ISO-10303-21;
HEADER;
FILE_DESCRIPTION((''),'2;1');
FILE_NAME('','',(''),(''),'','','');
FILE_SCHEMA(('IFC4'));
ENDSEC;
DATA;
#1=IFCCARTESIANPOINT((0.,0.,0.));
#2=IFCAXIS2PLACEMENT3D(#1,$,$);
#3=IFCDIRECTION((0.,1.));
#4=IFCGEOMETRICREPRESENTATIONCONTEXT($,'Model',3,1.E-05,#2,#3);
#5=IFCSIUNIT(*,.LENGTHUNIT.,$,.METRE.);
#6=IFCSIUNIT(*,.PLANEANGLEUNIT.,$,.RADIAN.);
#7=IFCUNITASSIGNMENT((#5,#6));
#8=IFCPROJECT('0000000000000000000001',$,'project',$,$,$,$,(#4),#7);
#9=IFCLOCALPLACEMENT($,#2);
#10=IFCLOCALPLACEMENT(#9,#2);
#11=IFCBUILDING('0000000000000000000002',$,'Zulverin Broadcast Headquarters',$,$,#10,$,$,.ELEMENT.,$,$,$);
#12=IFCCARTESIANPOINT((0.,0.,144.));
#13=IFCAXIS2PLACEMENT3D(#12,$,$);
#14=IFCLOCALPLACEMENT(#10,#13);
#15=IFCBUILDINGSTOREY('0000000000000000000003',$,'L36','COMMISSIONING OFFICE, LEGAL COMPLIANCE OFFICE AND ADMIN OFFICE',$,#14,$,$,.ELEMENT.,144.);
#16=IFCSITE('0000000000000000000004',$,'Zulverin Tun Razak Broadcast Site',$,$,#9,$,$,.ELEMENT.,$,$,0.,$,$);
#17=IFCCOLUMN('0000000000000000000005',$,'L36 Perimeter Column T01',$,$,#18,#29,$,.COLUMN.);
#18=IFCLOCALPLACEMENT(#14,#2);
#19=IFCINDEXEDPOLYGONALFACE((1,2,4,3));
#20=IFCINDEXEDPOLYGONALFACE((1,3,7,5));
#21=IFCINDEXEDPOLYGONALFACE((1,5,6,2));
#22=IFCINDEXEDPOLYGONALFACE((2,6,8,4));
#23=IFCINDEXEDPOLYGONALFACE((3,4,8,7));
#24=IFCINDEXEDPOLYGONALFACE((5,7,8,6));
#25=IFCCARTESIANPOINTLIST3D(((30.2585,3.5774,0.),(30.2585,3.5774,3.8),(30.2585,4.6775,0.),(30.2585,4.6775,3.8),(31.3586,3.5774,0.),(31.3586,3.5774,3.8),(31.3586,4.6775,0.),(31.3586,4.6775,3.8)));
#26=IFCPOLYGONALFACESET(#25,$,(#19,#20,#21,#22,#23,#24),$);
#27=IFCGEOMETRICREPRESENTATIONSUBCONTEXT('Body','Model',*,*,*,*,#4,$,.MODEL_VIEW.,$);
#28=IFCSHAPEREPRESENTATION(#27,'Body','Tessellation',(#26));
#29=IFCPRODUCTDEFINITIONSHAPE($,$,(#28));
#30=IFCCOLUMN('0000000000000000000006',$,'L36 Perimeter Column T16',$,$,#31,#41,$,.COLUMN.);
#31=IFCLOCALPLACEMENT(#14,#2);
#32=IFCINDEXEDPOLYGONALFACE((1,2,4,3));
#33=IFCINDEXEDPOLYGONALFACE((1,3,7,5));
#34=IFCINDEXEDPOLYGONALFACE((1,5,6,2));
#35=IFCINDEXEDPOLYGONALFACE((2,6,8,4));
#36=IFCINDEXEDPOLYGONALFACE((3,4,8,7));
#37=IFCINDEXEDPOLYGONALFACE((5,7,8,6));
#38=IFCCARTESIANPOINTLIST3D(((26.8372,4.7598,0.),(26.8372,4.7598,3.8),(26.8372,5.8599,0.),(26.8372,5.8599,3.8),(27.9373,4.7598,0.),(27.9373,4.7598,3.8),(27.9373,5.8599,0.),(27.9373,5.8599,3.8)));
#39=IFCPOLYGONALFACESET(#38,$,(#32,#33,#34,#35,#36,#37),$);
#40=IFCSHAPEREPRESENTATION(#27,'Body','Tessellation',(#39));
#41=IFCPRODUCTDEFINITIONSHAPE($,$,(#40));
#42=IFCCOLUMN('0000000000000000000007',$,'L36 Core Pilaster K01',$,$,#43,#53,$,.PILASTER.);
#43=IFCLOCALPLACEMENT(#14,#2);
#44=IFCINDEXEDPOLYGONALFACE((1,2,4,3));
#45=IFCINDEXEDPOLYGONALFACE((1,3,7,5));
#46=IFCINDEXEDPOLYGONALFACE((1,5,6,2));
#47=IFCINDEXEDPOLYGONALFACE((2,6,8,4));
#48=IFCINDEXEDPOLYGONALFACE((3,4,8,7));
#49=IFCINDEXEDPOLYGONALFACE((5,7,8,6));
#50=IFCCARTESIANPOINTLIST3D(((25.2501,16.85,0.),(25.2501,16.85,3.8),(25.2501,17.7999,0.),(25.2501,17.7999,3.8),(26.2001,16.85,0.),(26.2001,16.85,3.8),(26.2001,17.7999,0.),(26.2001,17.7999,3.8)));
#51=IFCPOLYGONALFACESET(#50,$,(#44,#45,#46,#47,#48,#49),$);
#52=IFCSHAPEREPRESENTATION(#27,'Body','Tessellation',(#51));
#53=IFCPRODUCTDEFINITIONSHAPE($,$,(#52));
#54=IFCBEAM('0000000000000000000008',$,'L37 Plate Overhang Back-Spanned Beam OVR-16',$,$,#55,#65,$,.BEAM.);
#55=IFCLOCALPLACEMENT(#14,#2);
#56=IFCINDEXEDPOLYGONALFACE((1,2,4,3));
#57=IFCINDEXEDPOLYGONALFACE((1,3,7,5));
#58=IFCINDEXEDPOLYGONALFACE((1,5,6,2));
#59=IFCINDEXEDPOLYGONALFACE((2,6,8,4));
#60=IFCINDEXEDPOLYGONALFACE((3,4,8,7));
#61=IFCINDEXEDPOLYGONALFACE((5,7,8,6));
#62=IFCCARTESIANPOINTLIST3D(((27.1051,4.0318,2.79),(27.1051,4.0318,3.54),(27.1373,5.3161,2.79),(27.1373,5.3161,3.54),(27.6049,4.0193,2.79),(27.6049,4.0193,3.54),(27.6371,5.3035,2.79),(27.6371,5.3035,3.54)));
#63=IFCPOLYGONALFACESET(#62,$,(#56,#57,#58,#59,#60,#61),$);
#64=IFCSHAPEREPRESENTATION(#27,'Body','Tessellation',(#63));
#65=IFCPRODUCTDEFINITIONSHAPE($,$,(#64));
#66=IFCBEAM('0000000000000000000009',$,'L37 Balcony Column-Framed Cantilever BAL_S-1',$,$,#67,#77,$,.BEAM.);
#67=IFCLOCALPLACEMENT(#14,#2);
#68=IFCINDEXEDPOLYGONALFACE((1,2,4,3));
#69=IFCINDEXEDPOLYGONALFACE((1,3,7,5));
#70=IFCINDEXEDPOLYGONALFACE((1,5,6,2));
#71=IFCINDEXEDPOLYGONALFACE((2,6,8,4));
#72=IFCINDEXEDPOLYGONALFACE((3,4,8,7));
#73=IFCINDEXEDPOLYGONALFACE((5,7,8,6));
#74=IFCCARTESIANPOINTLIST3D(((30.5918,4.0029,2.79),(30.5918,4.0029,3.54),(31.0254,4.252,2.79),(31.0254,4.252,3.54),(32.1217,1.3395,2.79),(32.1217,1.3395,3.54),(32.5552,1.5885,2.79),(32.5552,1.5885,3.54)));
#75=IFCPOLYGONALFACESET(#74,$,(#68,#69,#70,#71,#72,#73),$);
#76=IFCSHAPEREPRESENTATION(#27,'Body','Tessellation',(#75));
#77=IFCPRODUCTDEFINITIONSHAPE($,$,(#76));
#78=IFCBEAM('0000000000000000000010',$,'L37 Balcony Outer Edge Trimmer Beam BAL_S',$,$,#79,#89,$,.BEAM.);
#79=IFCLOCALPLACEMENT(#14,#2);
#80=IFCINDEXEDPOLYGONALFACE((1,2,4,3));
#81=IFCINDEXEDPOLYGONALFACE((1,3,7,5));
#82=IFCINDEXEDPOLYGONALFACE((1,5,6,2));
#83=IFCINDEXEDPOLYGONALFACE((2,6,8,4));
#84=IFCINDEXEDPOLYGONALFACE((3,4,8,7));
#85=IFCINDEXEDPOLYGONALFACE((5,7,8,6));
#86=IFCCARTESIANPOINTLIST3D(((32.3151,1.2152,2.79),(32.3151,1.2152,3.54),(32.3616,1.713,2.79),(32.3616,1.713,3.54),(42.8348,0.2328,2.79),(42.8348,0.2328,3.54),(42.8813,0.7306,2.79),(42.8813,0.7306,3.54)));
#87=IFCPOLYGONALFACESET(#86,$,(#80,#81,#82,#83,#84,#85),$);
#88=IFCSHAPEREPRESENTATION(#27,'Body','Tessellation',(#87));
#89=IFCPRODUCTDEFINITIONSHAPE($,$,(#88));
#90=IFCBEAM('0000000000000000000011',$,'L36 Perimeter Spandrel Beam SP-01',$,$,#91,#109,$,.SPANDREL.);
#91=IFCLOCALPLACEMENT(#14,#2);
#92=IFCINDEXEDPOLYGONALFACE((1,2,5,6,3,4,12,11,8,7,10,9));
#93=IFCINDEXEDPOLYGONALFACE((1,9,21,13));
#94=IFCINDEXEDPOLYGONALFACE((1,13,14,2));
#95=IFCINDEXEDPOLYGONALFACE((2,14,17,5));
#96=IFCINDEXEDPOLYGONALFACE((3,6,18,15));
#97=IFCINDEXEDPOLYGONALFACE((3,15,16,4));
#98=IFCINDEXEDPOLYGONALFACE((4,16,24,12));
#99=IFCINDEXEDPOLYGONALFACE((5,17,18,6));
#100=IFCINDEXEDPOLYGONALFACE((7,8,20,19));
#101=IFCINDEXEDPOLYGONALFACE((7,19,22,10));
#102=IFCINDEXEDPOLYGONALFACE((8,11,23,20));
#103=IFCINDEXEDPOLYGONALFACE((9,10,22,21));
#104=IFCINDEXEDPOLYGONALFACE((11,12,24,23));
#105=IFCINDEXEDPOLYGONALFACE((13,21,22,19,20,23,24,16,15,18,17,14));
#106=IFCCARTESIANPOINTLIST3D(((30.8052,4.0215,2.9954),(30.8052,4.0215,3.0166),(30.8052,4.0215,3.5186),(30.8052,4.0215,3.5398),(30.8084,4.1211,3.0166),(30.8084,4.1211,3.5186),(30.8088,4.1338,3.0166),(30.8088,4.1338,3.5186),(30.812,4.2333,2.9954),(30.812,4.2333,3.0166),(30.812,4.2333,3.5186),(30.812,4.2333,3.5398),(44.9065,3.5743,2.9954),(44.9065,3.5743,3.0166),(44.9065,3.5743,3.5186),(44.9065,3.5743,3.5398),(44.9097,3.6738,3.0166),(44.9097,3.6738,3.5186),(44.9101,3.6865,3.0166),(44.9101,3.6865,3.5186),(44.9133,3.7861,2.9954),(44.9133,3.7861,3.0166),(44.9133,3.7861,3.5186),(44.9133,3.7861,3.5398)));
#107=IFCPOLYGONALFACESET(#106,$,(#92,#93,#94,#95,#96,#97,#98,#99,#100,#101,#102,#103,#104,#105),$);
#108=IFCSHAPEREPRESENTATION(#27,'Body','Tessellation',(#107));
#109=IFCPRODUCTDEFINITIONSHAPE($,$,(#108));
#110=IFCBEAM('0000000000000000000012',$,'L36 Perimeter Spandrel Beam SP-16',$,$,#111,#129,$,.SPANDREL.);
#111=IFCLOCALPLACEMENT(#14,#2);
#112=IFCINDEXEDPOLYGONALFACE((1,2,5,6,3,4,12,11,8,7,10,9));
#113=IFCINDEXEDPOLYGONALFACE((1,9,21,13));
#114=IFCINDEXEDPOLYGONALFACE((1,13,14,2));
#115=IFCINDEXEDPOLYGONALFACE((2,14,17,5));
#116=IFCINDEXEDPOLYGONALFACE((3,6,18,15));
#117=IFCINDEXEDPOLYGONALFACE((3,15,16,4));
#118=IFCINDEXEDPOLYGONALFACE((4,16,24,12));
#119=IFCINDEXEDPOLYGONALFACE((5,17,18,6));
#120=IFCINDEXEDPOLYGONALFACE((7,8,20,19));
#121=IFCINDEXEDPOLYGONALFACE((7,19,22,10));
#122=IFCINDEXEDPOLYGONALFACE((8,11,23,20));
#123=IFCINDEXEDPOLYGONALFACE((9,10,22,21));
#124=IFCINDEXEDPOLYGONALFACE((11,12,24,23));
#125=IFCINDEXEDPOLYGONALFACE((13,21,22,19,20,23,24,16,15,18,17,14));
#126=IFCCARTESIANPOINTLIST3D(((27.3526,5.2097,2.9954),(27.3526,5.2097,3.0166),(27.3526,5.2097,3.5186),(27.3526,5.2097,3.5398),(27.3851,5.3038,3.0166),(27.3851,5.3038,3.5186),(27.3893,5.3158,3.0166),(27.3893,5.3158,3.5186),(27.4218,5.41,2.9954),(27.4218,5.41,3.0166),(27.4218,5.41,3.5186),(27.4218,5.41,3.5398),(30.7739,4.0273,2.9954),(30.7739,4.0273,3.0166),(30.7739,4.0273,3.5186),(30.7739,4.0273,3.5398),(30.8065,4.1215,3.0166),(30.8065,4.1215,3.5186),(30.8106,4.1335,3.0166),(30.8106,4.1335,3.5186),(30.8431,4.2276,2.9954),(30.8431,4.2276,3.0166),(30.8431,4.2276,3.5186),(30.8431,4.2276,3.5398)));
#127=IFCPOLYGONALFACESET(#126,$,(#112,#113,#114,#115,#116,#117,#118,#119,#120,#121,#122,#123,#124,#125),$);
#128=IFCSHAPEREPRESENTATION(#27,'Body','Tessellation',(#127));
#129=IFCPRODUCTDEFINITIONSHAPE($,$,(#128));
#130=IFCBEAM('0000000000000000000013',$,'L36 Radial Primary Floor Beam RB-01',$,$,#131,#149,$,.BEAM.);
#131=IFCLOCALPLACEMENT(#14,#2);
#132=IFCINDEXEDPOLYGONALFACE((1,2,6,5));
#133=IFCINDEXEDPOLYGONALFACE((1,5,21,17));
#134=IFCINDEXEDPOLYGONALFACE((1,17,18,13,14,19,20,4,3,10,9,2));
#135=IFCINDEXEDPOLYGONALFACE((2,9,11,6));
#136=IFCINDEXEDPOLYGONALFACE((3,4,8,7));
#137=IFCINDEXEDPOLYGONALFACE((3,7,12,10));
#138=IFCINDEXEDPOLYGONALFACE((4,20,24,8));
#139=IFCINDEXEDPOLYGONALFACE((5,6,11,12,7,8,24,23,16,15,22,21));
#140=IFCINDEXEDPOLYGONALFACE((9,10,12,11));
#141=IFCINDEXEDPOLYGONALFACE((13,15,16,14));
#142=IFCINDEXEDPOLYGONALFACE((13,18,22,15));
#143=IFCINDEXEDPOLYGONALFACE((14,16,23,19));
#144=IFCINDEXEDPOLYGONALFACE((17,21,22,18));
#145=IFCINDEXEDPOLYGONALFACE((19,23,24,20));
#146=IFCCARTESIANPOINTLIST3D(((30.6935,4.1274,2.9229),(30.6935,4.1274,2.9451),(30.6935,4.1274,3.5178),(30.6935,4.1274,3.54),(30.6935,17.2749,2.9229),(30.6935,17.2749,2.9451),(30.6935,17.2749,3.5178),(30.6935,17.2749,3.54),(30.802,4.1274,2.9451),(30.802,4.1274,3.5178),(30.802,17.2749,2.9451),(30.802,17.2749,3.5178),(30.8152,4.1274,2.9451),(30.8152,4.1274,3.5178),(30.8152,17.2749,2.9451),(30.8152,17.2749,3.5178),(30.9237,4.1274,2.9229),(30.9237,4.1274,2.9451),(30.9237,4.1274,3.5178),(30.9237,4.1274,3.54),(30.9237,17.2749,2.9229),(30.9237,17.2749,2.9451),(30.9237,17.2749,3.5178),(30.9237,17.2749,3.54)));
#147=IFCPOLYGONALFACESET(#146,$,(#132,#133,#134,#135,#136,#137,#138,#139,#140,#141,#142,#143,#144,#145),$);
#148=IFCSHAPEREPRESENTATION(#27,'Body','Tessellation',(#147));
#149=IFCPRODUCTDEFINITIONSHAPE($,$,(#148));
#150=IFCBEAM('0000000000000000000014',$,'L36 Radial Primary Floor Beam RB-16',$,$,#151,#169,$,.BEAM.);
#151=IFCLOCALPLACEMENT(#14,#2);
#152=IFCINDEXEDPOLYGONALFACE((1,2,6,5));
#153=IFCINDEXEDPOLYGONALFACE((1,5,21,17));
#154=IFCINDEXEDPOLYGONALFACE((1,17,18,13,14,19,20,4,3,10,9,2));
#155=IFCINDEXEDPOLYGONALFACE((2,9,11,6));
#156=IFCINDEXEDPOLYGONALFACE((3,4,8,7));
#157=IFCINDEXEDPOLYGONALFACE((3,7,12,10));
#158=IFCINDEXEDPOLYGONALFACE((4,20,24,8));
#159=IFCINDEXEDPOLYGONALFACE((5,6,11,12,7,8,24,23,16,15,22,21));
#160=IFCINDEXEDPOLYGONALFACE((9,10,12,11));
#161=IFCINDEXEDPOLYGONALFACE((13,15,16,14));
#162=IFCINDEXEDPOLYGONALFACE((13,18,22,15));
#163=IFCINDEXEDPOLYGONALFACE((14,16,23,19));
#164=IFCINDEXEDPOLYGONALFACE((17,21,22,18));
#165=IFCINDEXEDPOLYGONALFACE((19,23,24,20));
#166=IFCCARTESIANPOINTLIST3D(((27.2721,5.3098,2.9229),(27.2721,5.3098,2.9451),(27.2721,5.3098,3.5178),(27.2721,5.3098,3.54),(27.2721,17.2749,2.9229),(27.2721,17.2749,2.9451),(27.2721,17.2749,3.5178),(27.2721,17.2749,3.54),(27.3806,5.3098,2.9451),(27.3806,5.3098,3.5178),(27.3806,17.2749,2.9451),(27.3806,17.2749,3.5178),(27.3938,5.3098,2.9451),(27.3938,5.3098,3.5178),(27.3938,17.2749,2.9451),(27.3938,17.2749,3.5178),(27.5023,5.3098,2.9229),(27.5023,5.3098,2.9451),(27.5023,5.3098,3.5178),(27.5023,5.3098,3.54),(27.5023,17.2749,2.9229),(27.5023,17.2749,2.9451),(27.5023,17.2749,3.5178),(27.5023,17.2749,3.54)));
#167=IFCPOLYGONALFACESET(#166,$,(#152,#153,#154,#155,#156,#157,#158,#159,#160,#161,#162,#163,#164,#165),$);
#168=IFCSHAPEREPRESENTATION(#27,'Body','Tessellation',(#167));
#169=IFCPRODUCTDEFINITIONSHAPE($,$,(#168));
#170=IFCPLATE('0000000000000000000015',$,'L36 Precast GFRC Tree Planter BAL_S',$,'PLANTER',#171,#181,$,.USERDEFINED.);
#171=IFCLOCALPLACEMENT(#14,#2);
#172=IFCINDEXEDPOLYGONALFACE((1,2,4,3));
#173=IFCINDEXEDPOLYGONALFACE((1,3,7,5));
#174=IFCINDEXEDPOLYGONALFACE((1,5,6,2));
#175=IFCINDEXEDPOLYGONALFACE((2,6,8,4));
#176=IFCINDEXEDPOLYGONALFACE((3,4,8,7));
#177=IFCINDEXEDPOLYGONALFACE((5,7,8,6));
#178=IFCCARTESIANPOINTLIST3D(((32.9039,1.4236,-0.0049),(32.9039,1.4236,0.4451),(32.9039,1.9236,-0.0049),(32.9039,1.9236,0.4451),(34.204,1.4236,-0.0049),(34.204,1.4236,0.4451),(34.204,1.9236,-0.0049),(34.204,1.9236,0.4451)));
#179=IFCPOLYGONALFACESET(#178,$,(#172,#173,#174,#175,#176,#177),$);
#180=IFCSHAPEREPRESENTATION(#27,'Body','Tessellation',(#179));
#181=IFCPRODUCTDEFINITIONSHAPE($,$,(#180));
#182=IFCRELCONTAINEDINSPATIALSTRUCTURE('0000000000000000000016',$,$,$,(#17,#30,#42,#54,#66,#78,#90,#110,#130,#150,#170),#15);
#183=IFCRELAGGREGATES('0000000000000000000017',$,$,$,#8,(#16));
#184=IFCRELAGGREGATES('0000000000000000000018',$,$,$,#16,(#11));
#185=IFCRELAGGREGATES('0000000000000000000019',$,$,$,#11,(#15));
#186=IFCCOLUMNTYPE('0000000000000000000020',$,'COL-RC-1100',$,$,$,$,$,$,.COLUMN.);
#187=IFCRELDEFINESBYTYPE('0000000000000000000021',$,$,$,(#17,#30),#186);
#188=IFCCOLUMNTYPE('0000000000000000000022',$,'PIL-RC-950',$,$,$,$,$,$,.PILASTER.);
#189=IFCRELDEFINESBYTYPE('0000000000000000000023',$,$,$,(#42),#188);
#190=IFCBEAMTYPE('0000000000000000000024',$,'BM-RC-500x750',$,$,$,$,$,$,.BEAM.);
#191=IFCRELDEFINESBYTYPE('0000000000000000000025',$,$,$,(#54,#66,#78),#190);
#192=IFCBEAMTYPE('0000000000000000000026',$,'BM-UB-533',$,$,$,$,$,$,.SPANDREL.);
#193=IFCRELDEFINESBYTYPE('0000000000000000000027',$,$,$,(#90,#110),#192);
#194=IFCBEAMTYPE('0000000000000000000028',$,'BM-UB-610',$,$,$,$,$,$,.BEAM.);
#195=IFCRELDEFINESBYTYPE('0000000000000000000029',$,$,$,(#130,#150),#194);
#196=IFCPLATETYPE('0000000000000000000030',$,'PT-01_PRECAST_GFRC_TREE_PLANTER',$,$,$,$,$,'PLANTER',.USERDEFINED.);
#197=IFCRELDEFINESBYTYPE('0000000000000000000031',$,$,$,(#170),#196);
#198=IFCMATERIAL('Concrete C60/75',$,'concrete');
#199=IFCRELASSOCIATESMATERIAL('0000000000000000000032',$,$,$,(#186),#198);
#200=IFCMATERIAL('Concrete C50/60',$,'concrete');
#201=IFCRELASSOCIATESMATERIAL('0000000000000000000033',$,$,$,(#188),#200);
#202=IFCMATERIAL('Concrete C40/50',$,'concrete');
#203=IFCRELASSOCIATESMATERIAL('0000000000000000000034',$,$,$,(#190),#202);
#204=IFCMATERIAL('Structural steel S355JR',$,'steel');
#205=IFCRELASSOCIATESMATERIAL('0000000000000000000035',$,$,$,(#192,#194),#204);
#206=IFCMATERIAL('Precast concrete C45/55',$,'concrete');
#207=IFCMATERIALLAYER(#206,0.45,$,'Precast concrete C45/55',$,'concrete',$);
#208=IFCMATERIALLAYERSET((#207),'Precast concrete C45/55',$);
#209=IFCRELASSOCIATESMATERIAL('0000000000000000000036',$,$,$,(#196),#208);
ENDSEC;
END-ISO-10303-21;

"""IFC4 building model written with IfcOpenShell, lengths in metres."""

from ifc_helpers import new_model, si_unit, direction, frame, origin, origin_2d, place, context, subcontext, project, spatial, rectangle, i_section, extrude, material, layer, layer_set, material_profile, profile_set, type_object, element, save


model = new_model("IFC4")

# Units and contexts
model_context = context("Model", 3, precision=1e-05, world=origin(), true_north=direction((0.0, 1.0)))
body_context = subcontext(model_context, "Body", "Model", "MODEL_VIEW")
ifc_project = project(units=[si_unit("LENGTHUNIT", "METRE"), si_unit("PLANEANGLEUNIT", "RADIAN")], contexts=[model_context])

# Site, building, storey
site_placement = place(None, origin())
site = spatial("IfcSite", under=ifc_project, at=site_placement, Name="Zulverin Tun Razak Broadcast Site", CompositionType="ELEMENT", RefElevation=0.0)
building_placement = place(site_placement, origin())
building = spatial("IfcBuilding", under=site, at=building_placement, Name="Zulverin Broadcast Headquarters", CompositionType="ELEMENT")
storey_placement = place(building_placement, frame((0.0, 0.0, 144.0)))
storey = spatial("IfcBuildingStorey", under=building, at=storey_placement, Name="L36", Description="COMMISSIONING OFFICE, LEGAL COMPLIANCE OFFICE AND ADMIN OFFICE", CompositionType="ELEMENT", Elevation=144.0)

# Columns
ifc_material_1 = material(Name="Concrete C60/75", Category="concrete")
ifc_material_profile_1 = material_profile(ifc_material_1, rectangle(XDim=1.1001, YDim=1.1001, at=origin_2d()), Name="Concrete C60/75", Category="concrete")
ifc_profile_set_1 = profile_set([ifc_material_profile_1], Name="Concrete C60/75")
column_type_1 = type_object("IfcColumnType", Name="COL-RC-1100", PredefinedType="COLUMN", material=ifc_profile_set_1)
for number, where, z_axis, x_axis, name in (
    (1, (30.8086, 4.1274, 0.0), (0.0, 0.0, 1.0), (1.0, 0.0, 0.0), "L36 Perimeter Column T01"),
    (2, (27.3872, 5.3098, 0.0), (0.0, 0.0, 1.0), (1.0, 0.0, 0.0), "L36 Perimeter Column T16"),
):
    element("IfcColumn", number, at=place(storey_placement, frame(where, z_axis=z_axis, x_axis=x_axis)), inside=storey, type_object=column_type_1, Name=name, PredefinedType="COLUMN", context=body_context, shape_type="SweptSolid", body=[
        extrude(rectangle(XDim=1.1001, YDim=1.1001, at=origin_2d()), origin(), (0.0, 0.0, 1.0), 3.8),
    ])
ifc_material_2 = material(Name="Concrete C50/60", Category="concrete")
ifc_material_profile_2 = material_profile(ifc_material_2, rectangle(XDim=0.95, YDim=0.95, at=origin_2d()), Name="Concrete C50/60", Category="concrete")
ifc_profile_set_2 = profile_set([ifc_material_profile_2], Name="Concrete C50/60")
column_type_2 = type_object("IfcColumnType", Name="PIL-RC-950", PredefinedType="PILASTER", material=ifc_profile_set_2)
column_placement = place(storey_placement, frame((25.7251, 17.325, 0.0), z_axis=(0.0, 0.0, 1.0), x_axis=(1.0, 0.0, 0.0)))
element("IfcColumn", 3, at=column_placement, inside=storey, type_object=column_type_2, Name="L36 Core Pilaster K01", PredefinedType="PILASTER", context=body_context, shape_type="SweptSolid", body=[
    extrude(rectangle(XDim=0.95, YDim=0.95, at=origin_2d()), origin(), (0.0, 0.0, 1.0), 3.8),
])

# Beams
ifc_material_3 = material(Name="Concrete C40/50", Category="concrete")
ifc_material_profile_3 = material_profile(ifc_material_3, rectangle(XDim=0.5, YDim=0.75, at=origin_2d()), Name="Concrete C40/50", Category="concrete")
ifc_profile_set_3 = profile_set([ifc_material_profile_3], Name="Concrete C40/50")
beam_type_1 = type_object("IfcBeamType", Name="BM-RC-500x750", PredefinedType="BEAM", material=ifc_profile_set_3)
beam_1_placement = place(storey_placement, frame((27.3872, 5.3098, 3.165), z_axis=(-0.025087, -0.999685, 0.0), x_axis=(0.999685, -0.025087, 0.0)))
element("IfcBeam", 4, at=beam_1_placement, inside=storey, type_object=beam_type_1, Name="L37 Plate Overhang Back-Spanned Beam OVR-16", PredefinedType="BEAM", context=body_context, shape_type="SweptSolid", body=[
    extrude(rectangle(XDim=0.5, YDim=0.75, at=origin_2d()), origin(), (0.0, 0.0, 1.0), 1.2847),
])
beam_2_placement = place(storey_placement, frame((30.8086, 4.1274, 3.165), z_axis=(0.498072, -0.867135, 0.0), x_axis=(0.867135, 0.498072, 0.0)))
element("IfcBeam", 5, at=beam_2_placement, inside=storey, type_object=beam_type_1, Name="L37 Balcony Column-Framed Cantilever BAL_S-1", PredefinedType="BEAM", context=body_context, shape_type="SweptSolid", body=[
    extrude(rectangle(XDim=0.5, YDim=0.75, at=origin_2d()), origin(), (0.0, 0.0, 1.0), 3.0715),
])
beam_3_placement = place(storey_placement, frame((32.3384, 1.4641, 3.165), z_axis=(0.995668, -0.092984, 0.0), x_axis=(0.092984, 0.995668, 0.0)))
element("IfcBeam", 6, at=beam_3_placement, inside=storey, type_object=beam_type_1, Name="L37 Balcony Outer Edge Trimmer Beam BAL_S", PredefinedType="BEAM", context=body_context, shape_type="SweptSolid", body=[
    extrude(rectangle(XDim=0.5, YDim=0.75, at=origin_2d()), origin(), (0.0, 0.0, 1.0), 10.5654),
])
ifc_material_4 = material(Name="Structural steel S355JR", Category="steel")
ifc_material_profile_4 = material_profile(ifc_material_4, i_section(OverallWidth=0.2119, OverallDepth=0.5444, WebThickness=0.0127, FlangeThickness=0.0212, at=origin_2d()), Name="Structural steel S355JR", Category="steel")
ifc_profile_set_4 = profile_set([ifc_material_profile_4], Name="Structural steel S355JR")
beam_type_2 = type_object("IfcBeamType", Name="BM-UB-533", PredefinedType="SPANDREL", material=ifc_profile_set_4)
beam_4_placement = place(storey_placement, frame((30.8086, 4.1274, 3.2676), z_axis=(0.999497, -0.031702, 0.0), x_axis=(0.031702, 0.999497, 0.0)))
element("IfcBeam", 7, at=beam_4_placement, inside=storey, type_object=beam_type_2, Name="L36 Perimeter Spandrel Beam SP-01", PredefinedType="SPANDREL", context=body_context, shape_type="SweptSolid", body=[
    extrude(i_section(OverallWidth=0.2119, OverallDepth=0.5444, WebThickness=0.0127, FlangeThickness=0.0212, at=origin_2d()), origin(), (0.0, 0.0, 1.0), 14.1084),
])
beam_5_placement = place(storey_placement, frame((27.3872, 5.3098, 3.2676), z_axis=(0.945153, -0.326629, 0.0), x_axis=(0.326629, 0.945153, 0.0)))
element("IfcBeam", 8, at=beam_5_placement, inside=storey, type_object=beam_type_2, Name="L36 Perimeter Spandrel Beam SP-16", PredefinedType="SPANDREL", context=body_context, shape_type="SweptSolid", body=[
    extrude(i_section(OverallWidth=0.2119, OverallDepth=0.5444, WebThickness=0.0127, FlangeThickness=0.0212, at=origin_2d()), origin(), (0.0, 0.0, 1.0), 3.6199),
])
ifc_material_profile_5 = material_profile(ifc_material_4, i_section(OverallWidth=0.2302, OverallDepth=0.6172, WebThickness=0.0132, FlangeThickness=0.0222, at=origin_2d()), Name="Structural steel S355JR", Category="steel")
ifc_profile_set_5 = profile_set([ifc_material_profile_5], Name="Structural steel S355JR")
beam_type_3 = type_object("IfcBeamType", Name="BM-UB-610", PredefinedType="BEAM", material=ifc_profile_set_5)
beam_6_placement = place(storey_placement, frame((30.8086, 17.2749, 3.2314), z_axis=(0.0, -1.0, 0.0), x_axis=(1.0, 0.0, 0.0)))
element("IfcBeam", 9, at=beam_6_placement, inside=storey, type_object=beam_type_3, Name="L36 Radial Primary Floor Beam RB-01", PredefinedType="BEAM", context=body_context, shape_type="SweptSolid", body=[
    extrude(i_section(OverallWidth=0.2302, OverallDepth=0.6172, WebThickness=0.0132, FlangeThickness=0.0222, at=origin_2d()), origin(), (0.0, 0.0, 1.0), 13.1475),
])
beam_7_placement = place(storey_placement, frame((27.3872, 17.2749, 3.2314), z_axis=(0.0, -1.0, 0.0), x_axis=(1.0, 0.0, 0.0)))
element("IfcBeam", 10, at=beam_7_placement, inside=storey, type_object=beam_type_3, Name="L36 Radial Primary Floor Beam RB-16", PredefinedType="BEAM", context=body_context, shape_type="SweptSolid", body=[
    extrude(i_section(OverallWidth=0.2302, OverallDepth=0.6172, WebThickness=0.0132, FlangeThickness=0.0222, at=origin_2d()), origin(), (0.0, 0.0, 1.0), 11.9651),
])

# Plate
ifc_material_5 = material(Name="Precast concrete C45/55", Category="concrete")
ifc_layer_1 = layer(ifc_material_5, 0.45, Name="Precast concrete C45/55", Category="concrete")
ifc_layer_set_1 = layer_set([ifc_layer_1], Name="Precast concrete C45/55")
plate_type = type_object("IfcPlateType", Name="PT-01_PRECAST_GFRC_TREE_PLANTER", ElementType="PLANTER", PredefinedType="USERDEFINED", material=ifc_layer_set_1)
plate_placement = place(storey_placement, frame((33.554, 1.6736, -0.0049), z_axis=(0.0, 0.0, 1.0), x_axis=(1.0, 0.0, 0.0)))
element("IfcPlate", 11, at=plate_placement, inside=storey, type_object=plate_type, Name="L36 Precast GFRC Tree Planter BAL_S", ObjectType="PLANTER", PredefinedType="USERDEFINED", context=body_context, shape_type="SweptSolid", body=[
    extrude(rectangle(XDim=1.3, YDim=0.5, at=origin_2d()), origin(), (0.0, 0.0, 1.0), 0.45),
])

save(model, "model.ifc")
